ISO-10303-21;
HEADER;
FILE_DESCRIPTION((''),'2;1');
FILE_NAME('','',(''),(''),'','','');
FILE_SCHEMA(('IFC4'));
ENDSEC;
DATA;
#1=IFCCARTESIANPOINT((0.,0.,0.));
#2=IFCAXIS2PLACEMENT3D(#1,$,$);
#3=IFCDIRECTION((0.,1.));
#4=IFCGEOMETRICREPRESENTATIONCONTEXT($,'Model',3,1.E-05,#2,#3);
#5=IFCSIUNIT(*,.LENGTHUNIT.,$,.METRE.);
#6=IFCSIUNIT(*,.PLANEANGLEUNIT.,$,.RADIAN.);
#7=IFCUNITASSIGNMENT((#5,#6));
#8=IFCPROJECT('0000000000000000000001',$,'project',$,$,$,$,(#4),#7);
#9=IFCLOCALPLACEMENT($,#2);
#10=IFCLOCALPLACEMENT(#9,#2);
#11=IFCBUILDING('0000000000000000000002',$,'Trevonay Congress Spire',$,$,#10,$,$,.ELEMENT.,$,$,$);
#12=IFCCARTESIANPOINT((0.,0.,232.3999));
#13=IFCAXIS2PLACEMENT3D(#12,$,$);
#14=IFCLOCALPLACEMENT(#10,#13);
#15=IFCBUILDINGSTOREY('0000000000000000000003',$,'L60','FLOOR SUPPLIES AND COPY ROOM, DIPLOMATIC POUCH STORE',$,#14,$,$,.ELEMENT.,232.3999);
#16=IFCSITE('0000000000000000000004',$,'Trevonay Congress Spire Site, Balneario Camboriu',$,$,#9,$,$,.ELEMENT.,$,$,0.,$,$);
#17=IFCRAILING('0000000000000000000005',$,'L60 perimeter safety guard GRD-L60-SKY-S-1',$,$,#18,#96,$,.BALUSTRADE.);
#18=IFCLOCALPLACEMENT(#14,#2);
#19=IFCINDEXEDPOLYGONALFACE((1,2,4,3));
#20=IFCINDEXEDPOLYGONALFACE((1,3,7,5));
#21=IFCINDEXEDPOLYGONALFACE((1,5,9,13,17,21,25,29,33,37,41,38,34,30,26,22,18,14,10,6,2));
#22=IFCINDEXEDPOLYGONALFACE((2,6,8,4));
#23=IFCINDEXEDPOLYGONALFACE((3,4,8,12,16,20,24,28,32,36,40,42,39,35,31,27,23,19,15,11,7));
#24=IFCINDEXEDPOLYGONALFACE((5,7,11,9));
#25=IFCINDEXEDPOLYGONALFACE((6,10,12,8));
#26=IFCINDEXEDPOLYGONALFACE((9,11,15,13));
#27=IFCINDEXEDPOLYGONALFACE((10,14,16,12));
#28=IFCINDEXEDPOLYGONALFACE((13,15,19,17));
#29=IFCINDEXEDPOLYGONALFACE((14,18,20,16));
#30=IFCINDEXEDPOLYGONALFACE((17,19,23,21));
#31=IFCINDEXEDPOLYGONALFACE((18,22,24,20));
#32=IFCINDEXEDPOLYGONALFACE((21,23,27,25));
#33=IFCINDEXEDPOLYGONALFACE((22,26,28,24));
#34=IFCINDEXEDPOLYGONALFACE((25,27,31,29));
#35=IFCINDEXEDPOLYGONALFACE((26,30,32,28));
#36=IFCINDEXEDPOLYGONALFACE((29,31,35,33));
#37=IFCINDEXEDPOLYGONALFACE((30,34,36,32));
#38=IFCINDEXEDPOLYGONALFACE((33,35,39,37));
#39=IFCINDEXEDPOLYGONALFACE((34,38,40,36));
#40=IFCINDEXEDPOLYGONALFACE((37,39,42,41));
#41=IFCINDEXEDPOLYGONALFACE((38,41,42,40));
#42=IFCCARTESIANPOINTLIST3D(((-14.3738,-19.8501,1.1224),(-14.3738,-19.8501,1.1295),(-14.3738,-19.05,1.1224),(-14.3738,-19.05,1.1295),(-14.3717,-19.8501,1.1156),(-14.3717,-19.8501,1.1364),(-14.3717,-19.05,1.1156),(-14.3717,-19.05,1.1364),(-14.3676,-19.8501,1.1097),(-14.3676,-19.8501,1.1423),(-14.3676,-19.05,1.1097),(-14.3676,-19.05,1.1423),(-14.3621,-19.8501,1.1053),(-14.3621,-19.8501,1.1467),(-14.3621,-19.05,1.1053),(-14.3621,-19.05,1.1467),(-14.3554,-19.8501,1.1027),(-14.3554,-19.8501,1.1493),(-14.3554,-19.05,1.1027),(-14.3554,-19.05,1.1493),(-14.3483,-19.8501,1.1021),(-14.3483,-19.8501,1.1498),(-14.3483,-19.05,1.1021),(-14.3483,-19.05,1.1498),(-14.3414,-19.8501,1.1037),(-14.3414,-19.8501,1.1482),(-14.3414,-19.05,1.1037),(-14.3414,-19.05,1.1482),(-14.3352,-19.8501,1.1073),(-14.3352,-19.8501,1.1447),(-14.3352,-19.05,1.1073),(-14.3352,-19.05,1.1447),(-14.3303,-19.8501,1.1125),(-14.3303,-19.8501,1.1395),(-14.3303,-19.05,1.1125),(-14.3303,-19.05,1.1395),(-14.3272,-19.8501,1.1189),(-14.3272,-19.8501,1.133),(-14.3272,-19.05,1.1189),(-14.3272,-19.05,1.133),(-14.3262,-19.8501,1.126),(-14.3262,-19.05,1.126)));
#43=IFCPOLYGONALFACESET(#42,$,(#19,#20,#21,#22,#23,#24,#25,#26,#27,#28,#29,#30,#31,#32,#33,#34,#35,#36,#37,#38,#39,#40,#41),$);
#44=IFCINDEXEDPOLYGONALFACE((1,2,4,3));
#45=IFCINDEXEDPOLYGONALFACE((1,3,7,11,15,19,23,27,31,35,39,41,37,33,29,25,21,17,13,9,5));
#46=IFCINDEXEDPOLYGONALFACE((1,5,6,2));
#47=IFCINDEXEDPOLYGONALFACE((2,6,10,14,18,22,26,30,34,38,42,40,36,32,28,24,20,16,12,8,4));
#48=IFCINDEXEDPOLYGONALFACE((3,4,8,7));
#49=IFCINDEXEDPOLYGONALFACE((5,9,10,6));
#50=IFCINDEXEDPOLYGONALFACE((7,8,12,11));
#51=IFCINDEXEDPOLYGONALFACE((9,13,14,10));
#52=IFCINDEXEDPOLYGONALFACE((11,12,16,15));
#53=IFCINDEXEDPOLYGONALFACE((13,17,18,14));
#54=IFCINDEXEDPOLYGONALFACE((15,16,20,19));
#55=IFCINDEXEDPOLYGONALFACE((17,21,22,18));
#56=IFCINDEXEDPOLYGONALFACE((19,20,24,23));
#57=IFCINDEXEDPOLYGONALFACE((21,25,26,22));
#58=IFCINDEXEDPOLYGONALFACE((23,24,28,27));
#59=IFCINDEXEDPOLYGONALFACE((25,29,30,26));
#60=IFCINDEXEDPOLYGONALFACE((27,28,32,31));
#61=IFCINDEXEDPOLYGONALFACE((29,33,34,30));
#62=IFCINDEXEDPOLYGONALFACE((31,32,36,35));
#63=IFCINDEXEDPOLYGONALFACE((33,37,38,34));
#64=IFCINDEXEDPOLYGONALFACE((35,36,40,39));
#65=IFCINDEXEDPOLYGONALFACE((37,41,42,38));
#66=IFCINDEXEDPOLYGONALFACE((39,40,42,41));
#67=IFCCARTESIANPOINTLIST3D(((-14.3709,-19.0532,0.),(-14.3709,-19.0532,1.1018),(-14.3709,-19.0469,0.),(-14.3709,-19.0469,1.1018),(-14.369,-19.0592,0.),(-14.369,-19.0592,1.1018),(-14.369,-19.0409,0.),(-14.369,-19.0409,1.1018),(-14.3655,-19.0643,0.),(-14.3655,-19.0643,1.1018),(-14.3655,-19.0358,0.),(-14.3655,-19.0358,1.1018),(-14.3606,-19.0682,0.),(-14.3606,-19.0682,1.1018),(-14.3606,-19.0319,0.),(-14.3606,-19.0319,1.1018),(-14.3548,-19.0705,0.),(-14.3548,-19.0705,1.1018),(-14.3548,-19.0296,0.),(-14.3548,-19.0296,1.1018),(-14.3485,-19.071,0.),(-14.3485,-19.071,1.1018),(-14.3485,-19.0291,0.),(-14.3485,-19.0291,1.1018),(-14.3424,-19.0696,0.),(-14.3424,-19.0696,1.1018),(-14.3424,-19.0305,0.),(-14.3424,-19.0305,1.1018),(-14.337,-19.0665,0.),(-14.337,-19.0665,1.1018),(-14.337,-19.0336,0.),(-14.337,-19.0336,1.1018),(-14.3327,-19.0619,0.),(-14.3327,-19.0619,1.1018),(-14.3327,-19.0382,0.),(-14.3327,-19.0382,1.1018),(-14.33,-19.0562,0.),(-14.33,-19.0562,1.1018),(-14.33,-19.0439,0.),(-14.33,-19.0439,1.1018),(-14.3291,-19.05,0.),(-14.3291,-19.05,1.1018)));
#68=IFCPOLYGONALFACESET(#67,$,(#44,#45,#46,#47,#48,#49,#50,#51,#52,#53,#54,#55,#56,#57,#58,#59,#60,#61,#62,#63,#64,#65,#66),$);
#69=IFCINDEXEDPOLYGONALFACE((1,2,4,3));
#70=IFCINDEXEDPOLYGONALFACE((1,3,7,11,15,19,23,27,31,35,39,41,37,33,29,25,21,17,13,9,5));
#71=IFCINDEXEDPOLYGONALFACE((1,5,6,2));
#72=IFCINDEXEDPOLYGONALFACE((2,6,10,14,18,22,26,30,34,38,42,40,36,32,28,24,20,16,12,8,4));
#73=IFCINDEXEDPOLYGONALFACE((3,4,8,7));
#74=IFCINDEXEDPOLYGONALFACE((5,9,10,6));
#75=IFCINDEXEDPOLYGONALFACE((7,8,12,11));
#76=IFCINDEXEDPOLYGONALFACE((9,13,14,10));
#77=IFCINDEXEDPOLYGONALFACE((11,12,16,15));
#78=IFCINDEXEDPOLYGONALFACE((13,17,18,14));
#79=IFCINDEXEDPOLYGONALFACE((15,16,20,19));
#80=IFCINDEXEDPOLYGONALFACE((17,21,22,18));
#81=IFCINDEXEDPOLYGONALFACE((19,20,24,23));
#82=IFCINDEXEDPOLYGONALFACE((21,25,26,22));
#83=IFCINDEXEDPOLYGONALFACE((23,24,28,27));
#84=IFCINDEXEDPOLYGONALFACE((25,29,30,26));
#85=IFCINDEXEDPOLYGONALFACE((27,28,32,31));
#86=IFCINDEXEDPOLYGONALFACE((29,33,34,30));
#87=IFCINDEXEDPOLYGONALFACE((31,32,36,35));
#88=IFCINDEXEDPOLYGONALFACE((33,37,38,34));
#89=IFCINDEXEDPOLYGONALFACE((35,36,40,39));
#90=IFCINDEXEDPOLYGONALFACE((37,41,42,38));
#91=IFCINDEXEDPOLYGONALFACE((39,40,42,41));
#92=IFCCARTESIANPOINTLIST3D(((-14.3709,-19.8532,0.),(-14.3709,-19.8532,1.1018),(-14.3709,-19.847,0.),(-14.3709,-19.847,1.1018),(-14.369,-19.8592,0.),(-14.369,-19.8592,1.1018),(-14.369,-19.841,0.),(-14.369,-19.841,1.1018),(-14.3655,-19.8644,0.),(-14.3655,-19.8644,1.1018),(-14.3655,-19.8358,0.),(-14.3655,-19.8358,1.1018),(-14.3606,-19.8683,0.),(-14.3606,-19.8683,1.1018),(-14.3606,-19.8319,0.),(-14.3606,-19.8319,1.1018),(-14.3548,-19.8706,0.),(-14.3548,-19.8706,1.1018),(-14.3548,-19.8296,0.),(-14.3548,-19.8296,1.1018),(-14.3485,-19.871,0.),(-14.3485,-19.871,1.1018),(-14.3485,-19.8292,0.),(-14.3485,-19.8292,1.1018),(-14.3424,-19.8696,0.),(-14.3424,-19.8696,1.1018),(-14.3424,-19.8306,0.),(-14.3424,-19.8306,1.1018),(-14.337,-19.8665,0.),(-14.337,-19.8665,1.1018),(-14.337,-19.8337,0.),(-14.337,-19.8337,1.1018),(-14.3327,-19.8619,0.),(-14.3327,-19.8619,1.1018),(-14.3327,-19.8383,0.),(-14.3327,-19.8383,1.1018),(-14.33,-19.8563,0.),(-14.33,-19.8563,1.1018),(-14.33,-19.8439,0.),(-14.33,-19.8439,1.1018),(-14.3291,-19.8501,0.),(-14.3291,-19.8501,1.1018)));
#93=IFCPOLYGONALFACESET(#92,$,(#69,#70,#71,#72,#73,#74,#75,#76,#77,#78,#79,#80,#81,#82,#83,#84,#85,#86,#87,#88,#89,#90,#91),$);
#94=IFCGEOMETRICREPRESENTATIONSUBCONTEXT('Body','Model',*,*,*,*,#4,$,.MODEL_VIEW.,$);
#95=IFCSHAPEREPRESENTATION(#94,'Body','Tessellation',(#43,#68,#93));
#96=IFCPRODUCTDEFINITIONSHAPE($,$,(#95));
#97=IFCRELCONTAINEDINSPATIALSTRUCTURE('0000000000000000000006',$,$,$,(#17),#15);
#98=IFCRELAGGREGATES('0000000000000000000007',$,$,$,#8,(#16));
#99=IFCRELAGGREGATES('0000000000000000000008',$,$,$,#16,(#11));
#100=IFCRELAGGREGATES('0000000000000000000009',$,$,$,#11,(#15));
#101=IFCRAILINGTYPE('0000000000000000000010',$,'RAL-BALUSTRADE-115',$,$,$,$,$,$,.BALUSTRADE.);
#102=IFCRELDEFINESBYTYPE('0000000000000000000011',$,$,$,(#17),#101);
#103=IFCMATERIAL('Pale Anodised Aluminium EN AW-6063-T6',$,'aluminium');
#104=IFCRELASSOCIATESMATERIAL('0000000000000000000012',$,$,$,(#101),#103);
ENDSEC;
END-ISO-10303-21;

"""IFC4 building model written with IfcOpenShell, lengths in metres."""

from ifc_helpers import new_model, si_unit, direction, frame, origin, origin_2d, place, context, subcontext, project, spatial, circle, extrude, material, type_object, element, save


model = new_model("IFC4")

# Units and contexts
model_context = context("Model", 3, precision=1e-05, world=origin(), true_north=direction((0.0, 1.0)))
body_context = subcontext(model_context, "Body", "Model", "MODEL_VIEW")
ifc_project = project(units=[si_unit("LENGTHUNIT", "METRE"), si_unit("PLANEANGLEUNIT", "RADIAN")], contexts=[model_context])

# Site, building, storey
site_placement = place(None, origin())
site = spatial("IfcSite", under=ifc_project, at=site_placement, Name="Trevonay Congress Spire Site, Balneario Camboriu", CompositionType="ELEMENT", RefElevation=0.0)
building_placement = place(site_placement, origin())
building = spatial("IfcBuilding", under=site, at=building_placement, Name="Trevonay Congress Spire", CompositionType="ELEMENT")
storey_placement = place(building_placement, frame((0.0, 0.0, 232.3999)))
storey = spatial("IfcBuildingStorey", under=building, at=storey_placement, Name="L60", Description="FLOOR SUPPLIES AND COPY ROOM, DIPLOMATIC POUCH STORE", CompositionType="ELEMENT", Elevation=232.3999)

# Shared definitions
ifc_material_1 = material(Name="Pale Anodised Aluminium EN AW-6063-T6", Category="aluminium")

# Railing
railing_type = type_object("IfcRailingType", Name="RAL-BALUSTRADE-115", PredefinedType="BALUSTRADE", material=ifc_material_1)
railing_1_placement = place(storey_placement, frame((-14.3501, -19.05, 0.0)))
element("IfcRailing", 1, at=railing_1_placement, inside=storey, type_object=railing_type, Name="L60 perimeter safety guard GRD-L60-SKY-S-1", PredefinedType="BALUSTRADE", context=body_context, shape_type="SweptSolid", body=[
    extrude(circle(Radius=0.0239, at=origin_2d()), frame((0.0, 0.0, 1.126), z_axis=(0.0, -1.0, 0.0), x_axis=(1.0, 0.0, 0.0)), (0.0, 0.0, 1.0), 0.8),
    extrude(circle(Radius=0.021, at=origin_2d()), origin(), (0.0, 0.0, 1.0), 1.1018),
    extrude(circle(Radius=0.021, at=origin_2d()), frame((0.0, -0.8, 0.0)), (0.0, 0.0, 1.0), 1.1018),
])

save(model, "model.ifc")
